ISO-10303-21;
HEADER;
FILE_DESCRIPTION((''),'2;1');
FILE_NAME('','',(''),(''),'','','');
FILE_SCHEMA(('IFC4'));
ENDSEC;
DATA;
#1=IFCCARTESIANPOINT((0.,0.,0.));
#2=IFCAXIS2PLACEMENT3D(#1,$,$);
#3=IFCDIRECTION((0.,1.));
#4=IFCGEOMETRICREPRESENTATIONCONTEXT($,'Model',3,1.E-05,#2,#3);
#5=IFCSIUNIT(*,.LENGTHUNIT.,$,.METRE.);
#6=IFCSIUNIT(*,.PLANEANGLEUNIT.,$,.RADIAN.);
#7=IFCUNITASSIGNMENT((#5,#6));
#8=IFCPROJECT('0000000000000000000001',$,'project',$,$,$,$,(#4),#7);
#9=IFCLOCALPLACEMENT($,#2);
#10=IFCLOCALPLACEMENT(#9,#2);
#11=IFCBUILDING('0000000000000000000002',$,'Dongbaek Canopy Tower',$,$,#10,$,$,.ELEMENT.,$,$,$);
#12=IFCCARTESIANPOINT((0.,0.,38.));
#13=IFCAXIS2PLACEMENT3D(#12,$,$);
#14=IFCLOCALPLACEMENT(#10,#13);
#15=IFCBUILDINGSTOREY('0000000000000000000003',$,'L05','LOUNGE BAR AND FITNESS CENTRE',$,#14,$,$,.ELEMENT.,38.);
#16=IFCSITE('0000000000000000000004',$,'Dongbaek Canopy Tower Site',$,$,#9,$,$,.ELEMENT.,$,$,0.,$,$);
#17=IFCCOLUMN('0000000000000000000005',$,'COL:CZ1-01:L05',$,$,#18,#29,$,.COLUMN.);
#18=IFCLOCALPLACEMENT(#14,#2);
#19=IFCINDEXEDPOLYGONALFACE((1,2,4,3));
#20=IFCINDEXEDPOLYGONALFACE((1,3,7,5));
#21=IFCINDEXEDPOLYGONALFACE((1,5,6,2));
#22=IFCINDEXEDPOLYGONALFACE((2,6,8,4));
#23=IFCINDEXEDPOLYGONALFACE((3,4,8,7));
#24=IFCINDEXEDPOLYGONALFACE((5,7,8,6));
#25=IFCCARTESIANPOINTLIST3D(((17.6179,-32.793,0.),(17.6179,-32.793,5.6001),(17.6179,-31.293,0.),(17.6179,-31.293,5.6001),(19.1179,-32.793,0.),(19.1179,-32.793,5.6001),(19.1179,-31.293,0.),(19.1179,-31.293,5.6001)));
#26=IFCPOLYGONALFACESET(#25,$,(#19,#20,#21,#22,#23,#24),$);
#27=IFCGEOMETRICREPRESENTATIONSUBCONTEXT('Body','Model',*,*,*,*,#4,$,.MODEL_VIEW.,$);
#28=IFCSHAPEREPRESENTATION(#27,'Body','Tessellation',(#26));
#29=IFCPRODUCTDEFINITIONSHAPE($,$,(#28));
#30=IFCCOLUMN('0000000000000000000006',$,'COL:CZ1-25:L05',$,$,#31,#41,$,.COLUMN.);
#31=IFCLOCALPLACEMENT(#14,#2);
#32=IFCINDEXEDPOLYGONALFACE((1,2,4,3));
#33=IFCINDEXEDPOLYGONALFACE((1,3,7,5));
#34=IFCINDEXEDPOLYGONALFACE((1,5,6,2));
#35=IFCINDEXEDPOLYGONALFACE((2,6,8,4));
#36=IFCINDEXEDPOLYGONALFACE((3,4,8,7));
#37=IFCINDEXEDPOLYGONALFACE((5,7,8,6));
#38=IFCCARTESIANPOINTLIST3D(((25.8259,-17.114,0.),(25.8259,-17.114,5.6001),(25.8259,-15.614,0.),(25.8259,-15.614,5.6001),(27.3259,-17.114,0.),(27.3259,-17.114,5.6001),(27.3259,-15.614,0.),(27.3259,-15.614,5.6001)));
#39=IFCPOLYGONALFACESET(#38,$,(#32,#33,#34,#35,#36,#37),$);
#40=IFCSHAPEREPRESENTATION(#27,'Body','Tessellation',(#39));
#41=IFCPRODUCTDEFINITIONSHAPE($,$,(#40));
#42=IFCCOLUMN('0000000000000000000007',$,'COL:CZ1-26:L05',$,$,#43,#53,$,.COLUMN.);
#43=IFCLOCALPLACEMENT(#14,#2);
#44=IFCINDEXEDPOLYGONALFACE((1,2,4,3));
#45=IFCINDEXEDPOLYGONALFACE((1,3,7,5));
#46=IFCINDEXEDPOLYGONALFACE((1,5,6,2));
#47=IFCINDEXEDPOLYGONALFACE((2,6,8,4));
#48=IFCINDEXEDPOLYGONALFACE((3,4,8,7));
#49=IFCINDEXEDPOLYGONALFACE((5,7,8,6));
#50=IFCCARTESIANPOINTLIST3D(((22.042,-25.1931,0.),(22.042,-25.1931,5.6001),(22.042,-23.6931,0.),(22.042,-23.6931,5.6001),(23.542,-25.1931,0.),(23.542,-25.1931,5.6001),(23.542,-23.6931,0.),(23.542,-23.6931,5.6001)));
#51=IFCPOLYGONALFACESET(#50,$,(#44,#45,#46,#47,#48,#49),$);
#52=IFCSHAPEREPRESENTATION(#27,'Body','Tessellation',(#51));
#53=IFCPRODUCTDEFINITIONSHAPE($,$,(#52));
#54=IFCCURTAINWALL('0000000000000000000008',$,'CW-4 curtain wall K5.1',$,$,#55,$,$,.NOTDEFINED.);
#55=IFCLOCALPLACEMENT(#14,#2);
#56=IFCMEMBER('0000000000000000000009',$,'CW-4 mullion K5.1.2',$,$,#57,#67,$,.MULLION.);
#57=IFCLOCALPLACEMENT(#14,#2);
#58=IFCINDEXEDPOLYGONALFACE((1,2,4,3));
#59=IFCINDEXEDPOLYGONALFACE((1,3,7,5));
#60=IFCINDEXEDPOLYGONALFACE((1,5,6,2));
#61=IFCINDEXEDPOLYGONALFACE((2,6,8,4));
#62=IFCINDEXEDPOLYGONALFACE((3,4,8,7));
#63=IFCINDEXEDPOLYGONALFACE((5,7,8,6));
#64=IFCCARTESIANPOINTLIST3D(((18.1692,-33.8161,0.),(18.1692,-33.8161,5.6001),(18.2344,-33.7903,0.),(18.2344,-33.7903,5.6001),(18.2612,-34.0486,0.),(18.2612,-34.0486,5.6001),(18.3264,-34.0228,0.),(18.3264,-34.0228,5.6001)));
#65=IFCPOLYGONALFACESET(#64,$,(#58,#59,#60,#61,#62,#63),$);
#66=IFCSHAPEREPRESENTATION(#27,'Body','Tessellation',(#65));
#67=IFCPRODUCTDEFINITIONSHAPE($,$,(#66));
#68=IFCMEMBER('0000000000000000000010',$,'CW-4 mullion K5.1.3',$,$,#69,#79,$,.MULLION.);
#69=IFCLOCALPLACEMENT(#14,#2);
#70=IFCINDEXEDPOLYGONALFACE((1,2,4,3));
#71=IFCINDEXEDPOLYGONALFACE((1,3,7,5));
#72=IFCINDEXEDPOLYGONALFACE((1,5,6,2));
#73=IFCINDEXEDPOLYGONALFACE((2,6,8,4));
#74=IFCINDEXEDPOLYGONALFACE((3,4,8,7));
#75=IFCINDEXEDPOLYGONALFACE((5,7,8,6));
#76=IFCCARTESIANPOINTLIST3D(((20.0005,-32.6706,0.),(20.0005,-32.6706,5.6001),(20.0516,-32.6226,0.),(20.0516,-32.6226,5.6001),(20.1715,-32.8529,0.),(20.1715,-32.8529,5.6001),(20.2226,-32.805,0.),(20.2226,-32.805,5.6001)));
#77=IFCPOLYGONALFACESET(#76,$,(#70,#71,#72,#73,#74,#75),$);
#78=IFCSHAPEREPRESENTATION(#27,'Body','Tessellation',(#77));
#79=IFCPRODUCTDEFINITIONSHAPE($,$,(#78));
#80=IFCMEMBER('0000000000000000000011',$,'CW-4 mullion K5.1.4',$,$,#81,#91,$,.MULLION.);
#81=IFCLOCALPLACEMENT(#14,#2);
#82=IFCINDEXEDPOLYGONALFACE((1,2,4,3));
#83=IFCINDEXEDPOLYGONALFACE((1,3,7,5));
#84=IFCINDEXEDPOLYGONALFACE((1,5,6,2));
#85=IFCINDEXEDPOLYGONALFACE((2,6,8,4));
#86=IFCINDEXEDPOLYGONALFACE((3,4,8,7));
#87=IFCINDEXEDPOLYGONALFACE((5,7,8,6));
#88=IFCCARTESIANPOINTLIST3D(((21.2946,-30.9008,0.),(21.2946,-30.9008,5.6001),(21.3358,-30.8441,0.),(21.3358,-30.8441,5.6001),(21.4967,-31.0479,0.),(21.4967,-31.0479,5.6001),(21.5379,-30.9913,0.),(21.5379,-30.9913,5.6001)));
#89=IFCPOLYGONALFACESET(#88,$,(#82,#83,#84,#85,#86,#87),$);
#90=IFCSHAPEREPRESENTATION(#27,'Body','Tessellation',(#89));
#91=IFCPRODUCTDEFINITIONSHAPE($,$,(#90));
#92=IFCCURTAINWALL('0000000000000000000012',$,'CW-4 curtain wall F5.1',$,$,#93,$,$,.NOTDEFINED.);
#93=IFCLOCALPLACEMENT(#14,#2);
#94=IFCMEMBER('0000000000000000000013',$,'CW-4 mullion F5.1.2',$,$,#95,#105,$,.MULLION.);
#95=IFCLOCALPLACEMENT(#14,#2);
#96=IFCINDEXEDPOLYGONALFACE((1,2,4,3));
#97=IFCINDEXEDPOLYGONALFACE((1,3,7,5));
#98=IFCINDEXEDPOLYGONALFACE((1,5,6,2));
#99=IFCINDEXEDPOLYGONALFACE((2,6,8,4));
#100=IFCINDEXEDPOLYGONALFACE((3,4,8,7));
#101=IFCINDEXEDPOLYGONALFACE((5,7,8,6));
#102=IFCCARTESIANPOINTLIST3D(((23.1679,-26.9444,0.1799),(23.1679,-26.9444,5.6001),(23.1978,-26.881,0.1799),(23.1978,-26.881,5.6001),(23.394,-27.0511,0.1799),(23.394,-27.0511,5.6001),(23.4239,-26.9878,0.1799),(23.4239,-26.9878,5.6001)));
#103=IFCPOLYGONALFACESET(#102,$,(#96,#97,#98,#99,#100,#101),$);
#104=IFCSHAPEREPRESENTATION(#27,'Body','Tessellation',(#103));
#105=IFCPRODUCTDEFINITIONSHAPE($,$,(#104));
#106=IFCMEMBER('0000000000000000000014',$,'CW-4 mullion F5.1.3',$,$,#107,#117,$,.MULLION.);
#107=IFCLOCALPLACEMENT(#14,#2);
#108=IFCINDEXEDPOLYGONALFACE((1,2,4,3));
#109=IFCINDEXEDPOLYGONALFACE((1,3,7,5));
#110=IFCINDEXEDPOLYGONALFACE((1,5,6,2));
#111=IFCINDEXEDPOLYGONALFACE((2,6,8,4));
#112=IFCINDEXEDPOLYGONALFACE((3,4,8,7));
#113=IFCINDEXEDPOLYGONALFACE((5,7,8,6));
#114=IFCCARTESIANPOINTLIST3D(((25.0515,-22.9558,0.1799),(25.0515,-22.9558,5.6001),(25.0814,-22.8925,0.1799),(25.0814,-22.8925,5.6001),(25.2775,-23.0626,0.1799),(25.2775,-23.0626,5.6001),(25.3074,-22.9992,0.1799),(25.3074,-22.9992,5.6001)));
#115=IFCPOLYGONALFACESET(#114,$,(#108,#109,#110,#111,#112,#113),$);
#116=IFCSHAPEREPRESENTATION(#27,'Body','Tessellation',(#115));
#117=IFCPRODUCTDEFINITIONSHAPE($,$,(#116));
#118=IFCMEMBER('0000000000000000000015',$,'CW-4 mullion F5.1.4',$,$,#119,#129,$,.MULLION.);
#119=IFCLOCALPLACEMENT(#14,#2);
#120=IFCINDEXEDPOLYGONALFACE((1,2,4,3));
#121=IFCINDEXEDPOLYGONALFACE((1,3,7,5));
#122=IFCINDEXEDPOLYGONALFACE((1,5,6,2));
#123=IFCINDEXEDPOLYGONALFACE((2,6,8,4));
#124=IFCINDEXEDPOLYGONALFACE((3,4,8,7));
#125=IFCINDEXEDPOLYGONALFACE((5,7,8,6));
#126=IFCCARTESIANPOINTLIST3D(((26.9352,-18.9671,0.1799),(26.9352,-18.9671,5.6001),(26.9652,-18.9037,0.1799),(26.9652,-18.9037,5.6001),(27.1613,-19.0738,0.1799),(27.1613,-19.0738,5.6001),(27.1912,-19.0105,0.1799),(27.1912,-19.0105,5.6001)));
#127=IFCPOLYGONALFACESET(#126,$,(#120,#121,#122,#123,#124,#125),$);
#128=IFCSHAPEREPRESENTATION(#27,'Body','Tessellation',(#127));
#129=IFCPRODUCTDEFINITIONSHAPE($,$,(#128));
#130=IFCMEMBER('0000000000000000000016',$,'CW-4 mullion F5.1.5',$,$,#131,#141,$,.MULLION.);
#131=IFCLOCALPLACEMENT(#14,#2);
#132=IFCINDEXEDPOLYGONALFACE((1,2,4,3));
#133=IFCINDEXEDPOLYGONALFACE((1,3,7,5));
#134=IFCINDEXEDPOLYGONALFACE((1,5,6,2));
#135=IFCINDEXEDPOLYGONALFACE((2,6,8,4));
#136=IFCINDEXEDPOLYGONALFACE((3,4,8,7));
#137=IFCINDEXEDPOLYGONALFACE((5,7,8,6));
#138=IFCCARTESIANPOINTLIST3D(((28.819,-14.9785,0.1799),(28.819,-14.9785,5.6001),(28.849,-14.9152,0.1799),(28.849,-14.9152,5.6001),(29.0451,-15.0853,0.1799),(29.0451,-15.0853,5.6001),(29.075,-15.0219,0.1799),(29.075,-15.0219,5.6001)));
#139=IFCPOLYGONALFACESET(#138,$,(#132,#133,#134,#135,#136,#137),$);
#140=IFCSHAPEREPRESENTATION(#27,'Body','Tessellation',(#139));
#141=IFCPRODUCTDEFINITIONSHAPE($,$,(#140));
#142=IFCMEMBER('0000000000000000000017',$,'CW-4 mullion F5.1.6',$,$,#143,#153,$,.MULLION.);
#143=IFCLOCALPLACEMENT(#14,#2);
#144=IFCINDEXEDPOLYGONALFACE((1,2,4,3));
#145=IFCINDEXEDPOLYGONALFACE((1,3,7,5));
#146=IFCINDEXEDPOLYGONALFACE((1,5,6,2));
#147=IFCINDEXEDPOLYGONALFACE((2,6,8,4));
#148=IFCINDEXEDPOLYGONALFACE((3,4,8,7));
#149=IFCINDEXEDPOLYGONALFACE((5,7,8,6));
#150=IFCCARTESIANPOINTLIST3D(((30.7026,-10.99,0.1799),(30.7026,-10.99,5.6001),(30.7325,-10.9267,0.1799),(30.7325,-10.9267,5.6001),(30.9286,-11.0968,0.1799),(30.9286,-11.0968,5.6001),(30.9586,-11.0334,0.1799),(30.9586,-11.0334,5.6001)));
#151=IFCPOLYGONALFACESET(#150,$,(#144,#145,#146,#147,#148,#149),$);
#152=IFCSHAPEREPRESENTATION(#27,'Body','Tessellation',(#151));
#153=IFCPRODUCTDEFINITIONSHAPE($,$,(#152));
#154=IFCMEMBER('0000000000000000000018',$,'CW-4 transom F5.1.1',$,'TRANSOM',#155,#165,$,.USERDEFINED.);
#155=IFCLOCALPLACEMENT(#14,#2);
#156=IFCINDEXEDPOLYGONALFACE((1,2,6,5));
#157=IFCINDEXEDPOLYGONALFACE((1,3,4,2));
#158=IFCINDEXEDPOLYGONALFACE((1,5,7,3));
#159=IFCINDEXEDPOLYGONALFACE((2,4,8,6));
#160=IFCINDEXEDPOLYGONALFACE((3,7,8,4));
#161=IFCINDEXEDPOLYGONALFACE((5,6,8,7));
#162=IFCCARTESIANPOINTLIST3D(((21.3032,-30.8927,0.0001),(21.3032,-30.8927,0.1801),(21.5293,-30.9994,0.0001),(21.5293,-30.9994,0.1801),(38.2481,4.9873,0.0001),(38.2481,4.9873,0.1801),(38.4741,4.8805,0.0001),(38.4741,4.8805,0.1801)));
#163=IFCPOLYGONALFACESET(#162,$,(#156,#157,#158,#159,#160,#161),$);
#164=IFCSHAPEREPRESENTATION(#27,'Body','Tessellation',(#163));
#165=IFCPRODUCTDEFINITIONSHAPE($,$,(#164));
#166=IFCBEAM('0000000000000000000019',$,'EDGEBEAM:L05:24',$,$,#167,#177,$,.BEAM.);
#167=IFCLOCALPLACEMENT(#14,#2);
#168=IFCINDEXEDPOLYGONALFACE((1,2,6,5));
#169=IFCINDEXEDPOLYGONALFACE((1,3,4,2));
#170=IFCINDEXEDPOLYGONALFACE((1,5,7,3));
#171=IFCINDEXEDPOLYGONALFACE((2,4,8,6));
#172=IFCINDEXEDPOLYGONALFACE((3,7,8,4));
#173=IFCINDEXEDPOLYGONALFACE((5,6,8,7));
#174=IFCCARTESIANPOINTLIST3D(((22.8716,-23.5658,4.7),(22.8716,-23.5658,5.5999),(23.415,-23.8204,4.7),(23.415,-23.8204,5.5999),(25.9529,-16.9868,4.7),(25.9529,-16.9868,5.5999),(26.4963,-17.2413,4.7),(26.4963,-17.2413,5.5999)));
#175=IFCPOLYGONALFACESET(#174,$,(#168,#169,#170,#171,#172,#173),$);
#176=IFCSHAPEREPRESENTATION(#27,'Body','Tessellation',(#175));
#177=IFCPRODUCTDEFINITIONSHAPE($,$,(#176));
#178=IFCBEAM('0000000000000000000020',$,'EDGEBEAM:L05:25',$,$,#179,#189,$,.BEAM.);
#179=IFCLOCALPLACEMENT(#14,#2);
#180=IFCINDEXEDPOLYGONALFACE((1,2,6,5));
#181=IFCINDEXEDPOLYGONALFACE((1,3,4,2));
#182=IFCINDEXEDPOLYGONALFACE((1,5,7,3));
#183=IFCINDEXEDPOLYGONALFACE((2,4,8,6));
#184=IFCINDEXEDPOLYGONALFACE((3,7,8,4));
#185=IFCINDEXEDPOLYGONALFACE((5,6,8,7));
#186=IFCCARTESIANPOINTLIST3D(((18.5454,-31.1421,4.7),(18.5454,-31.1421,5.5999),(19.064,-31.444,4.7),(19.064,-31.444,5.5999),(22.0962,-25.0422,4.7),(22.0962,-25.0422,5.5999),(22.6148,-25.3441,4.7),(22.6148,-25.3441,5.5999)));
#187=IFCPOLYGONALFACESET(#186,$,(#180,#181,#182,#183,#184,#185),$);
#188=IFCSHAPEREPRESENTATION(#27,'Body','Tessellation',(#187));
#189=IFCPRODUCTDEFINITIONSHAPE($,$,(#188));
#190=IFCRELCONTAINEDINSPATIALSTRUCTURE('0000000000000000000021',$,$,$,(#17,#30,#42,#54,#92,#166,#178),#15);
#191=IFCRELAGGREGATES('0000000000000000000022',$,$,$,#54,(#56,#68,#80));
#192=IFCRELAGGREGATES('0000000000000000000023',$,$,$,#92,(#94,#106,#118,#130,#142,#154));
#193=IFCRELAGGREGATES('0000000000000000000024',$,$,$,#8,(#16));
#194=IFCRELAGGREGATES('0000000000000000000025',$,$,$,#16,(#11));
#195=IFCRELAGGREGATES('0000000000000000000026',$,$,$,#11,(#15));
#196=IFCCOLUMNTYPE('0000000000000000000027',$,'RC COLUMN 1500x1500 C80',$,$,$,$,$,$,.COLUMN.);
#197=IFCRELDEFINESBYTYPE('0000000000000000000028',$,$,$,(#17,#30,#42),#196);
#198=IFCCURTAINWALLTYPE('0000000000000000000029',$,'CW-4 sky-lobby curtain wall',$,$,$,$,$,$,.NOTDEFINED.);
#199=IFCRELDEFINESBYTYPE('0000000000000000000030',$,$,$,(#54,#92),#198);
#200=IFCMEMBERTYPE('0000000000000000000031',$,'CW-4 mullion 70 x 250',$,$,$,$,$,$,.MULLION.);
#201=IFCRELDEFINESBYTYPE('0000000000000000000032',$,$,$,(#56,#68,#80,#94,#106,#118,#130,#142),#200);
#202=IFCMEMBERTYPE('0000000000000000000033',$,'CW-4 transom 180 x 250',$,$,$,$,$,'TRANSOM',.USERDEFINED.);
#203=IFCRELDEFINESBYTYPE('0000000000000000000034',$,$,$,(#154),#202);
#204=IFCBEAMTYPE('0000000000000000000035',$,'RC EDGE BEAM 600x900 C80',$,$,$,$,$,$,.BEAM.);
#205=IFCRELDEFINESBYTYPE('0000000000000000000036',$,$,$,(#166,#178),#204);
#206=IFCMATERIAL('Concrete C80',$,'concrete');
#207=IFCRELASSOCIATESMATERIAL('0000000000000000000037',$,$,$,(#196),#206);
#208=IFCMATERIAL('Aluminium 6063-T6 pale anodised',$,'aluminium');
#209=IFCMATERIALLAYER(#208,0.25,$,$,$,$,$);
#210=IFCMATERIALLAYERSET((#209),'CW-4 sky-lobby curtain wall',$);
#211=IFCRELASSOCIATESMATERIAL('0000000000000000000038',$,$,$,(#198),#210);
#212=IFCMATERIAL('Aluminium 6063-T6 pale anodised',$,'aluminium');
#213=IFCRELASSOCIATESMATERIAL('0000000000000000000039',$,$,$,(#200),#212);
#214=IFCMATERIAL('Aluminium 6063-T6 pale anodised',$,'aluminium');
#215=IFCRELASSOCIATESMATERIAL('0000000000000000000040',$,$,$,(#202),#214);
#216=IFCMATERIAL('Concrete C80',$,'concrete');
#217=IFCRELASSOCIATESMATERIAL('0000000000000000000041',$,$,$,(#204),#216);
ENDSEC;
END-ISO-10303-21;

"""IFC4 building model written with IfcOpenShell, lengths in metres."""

from ifc_helpers import new_model, si_unit, direction, frame, origin, origin_2d, place, context, subcontext, project, spatial, rectangle, extrude, material, layer, layer_set, material_profile, profile_set, type_object, element, aggregate, save


model = new_model("IFC4")

# Units and contexts
model_context = context("Model", 3, precision=1e-05, world=origin(), true_north=direction((0.0, 1.0)))
body_context = subcontext(model_context, "Body", "Model", "MODEL_VIEW")
ifc_project = project(units=[si_unit("LENGTHUNIT", "METRE"), si_unit("PLANEANGLEUNIT", "RADIAN")], contexts=[model_context])

# Site, building, storey
site_placement = place(None, origin())
site = spatial("IfcSite", under=ifc_project, at=site_placement, Name="Dongbaek Canopy Tower Site", CompositionType="ELEMENT", RefElevation=0.0)
building_placement = place(site_placement, origin())
building = spatial("IfcBuilding", under=site, at=building_placement, Name="Dongbaek Canopy Tower", CompositionType="ELEMENT")
storey_placement = place(building_placement, frame((0.0, 0.0, 38.0)))
storey = spatial("IfcBuildingStorey", under=building, at=storey_placement, Name="L05", Description="LOUNGE BAR AND FITNESS CENTRE", CompositionType="ELEMENT", Elevation=38.0)

# Columns
ifc_material_1 = material(Name="Concrete C80", Category="concrete")
ifc_material_profile_1 = material_profile(ifc_material_1, rectangle(XDim=1.5, YDim=1.5, at=origin_2d()), Name="RC COLUMN 1500x1500 C80")
ifc_profile_set_1 = profile_set([ifc_material_profile_1], Name="Concrete C80")
column_type = type_object("IfcColumnType", Name="RC COLUMN 1500x1500 C80", PredefinedType="COLUMN", material=ifc_profile_set_1)
for number, where, z_axis, x_axis, name in (
    (1, (18.3679, -32.043, 0.0), (0.0, 0.0, 1.0), (1.0, 0.0, 0.0), "COL:CZ1-01:L05"),
    (2, (26.5759, -16.364, 0.0), (0.0, 0.0, 1.0), (1.0, 0.0, 0.0), "COL:CZ1-25:L05"),
    (3, (22.792, -24.4431, 0.0), (0.0, 0.0, 1.0), (1.0, 0.0, 0.0), "COL:CZ1-26:L05"),
):
    element("IfcColumn", number, at=place(storey_placement, frame(where, z_axis=z_axis, x_axis=x_axis)), inside=storey, type_object=column_type, Name=name, PredefinedType="COLUMN", context=body_context, shape_type="SweptSolid", body=[
        extrude(rectangle(XDim=1.5, YDim=1.5, at=origin_2d()), origin(), (0.0, 0.0, 1.0), 5.6001),
    ])

# Curtain walls, members
ifc_material_2 = material(Name="Aluminium 6063-T6 pale anodised", Category="aluminium")
ifc_layer_1 = layer(ifc_material_2, 0.25)
ifc_layer_set_1 = layer_set([ifc_layer_1], Name="CW-4 sky-lobby curtain wall")
curtain_wall_type = type_object("IfcCurtainWallType", Name="CW-4 sky-lobby curtain wall", PredefinedType="NOTDEFINED", material=ifc_layer_set_1)
curtain_wall_1_placement = place(storey_placement, origin())
curtain_wall_1 = element("IfcCurtainWall", 4, at=curtain_wall_1_placement, inside=storey, type_object=curtain_wall_type, Name="CW-4 curtain wall K5.1", PredefinedType="NOTDEFINED")
ifc_material_3 = material(Name="Aluminium 6063-T6 pale anodised", Category="aluminium")
ifc_material_profile_2 = material_profile(ifc_material_3, rectangle(XDim=0.25, YDim=0.0701, at=origin_2d()), Name="CW-4 mullion 70 x 250")
ifc_profile_set_2 = profile_set([ifc_material_profile_2], Name="Aluminium 6063-T6 pale anodised")
member_type_1 = type_object("IfcMemberType", Name="CW-4 mullion 70 x 250", PredefinedType="MULLION", material=ifc_profile_set_2)
member_1_placement = place(storey_placement, frame((18.2478, -33.9194, 0.0), z_axis=(0.0, 0.0, 1.0), x_axis=(0.368018, -0.929819, 0.0)))
member_1 = element("IfcMember", 5, at=member_1_placement, type_object=member_type_1, Name="CW-4 mullion K5.1.2", PredefinedType="MULLION", context=body_context, shape_type="SweptSolid", body=[
    extrude(rectangle(XDim=0.25, YDim=0.0701, at=origin_2d()), origin(), (0.0, 0.0, 1.0), 5.6001),
])
member_2_placement = place(storey_placement, frame((20.1116, -32.7378, 0.0), z_axis=(0.0, 0.0, 1.0), x_axis=(0.683997, -0.729484, 0.0)))
member_2 = element("IfcMember", 6, at=member_2_placement, type_object=member_type_1, Name="CW-4 mullion K5.1.3", PredefinedType="MULLION", context=body_context, shape_type="SweptSolid", body=[
    extrude(rectangle(XDim=0.25, YDim=0.0701, at=origin_2d()), origin(), (0.0, 0.0, 1.0), 5.6001),
])
member_3_placement = place(storey_placement, frame((21.4163, -30.946, 0.0), z_axis=(0.0, 0.0, 1.0), x_axis=(0.808386, -0.588653, 0.0)))
member_3 = element("IfcMember", 7, at=member_3_placement, type_object=member_type_1, Name="CW-4 mullion K5.1.4", PredefinedType="MULLION", context=body_context, shape_type="SweptSolid", body=[
    extrude(rectangle(XDim=0.25, YDim=0.0701, at=origin_2d()), origin(), (0.0, 0.0, 1.0), 5.6001),
])
curtain_wall_2_placement = place(storey_placement, origin())
curtain_wall_2 = element("IfcCurtainWall", 8, at=curtain_wall_2_placement, inside=storey, type_object=curtain_wall_type, Name="CW-4 curtain wall F5.1", PredefinedType="NOTDEFINED")
member_4_placement = place(storey_placement, frame((23.2959, -26.9661, 0.1799), z_axis=(0.0, 0.0, 1.0), x_axis=(0.904233, -0.427039, 0.0)))
member_4 = element("IfcMember", 9, at=member_4_placement, type_object=member_type_1, Name="CW-4 mullion F5.1.2", PredefinedType="MULLION", context=body_context, shape_type="SweptSolid", body=[
    extrude(rectangle(XDim=0.25, YDim=0.0701, at=origin_2d()), origin(), (0.0, 0.0, 1.0), 5.4202),
])
member_5_placement = place(storey_placement, frame((25.1794, -22.9775, 0.1799), z_axis=(0.0, 0.0, 1.0), x_axis=(0.904233, -0.427039, 0.0)))
member_5 = element("IfcMember", 10, at=member_5_placement, type_object=member_type_1, Name="CW-4 mullion F5.1.3", PredefinedType="MULLION", context=body_context, shape_type="SweptSolid", body=[
    extrude(rectangle(XDim=0.25, YDim=0.0701, at=origin_2d()), origin(), (0.0, 0.0, 1.0), 5.4202),
])
member_6_placement = place(storey_placement, frame((27.0632, -18.9888, 0.1799), z_axis=(0.0, 0.0, 1.0), x_axis=(0.904233, -0.427039, 0.0)))
member_6 = element("IfcMember", 11, at=member_6_placement, type_object=member_type_1, Name="CW-4 mullion F5.1.4", PredefinedType="MULLION", context=body_context, shape_type="SweptSolid", body=[
    extrude(rectangle(XDim=0.25, YDim=0.0701, at=origin_2d()), origin(), (0.0, 0.0, 1.0), 5.4202),
])
member_7_placement = place(storey_placement, frame((28.947, -15.0002, 0.1799), z_axis=(0.0, 0.0, 1.0), x_axis=(0.904233, -0.427039, 0.0)))
member_7 = element("IfcMember", 12, at=member_7_placement, type_object=member_type_1, Name="CW-4 mullion F5.1.5", PredefinedType="MULLION", context=body_context, shape_type="SweptSolid", body=[
    extrude(rectangle(XDim=0.25, YDim=0.0701, at=origin_2d()), origin(), (0.0, 0.0, 1.0), 5.4202),
])
member_8_placement = place(storey_placement, frame((30.8306, -11.0117, 0.1799), z_axis=(0.0, 0.0, 1.0), x_axis=(0.904233, -0.427039, 0.0)))
member_8 = element("IfcMember", 13, at=member_8_placement, type_object=member_type_1, Name="CW-4 mullion F5.1.6", PredefinedType="MULLION", context=body_context, shape_type="SweptSolid", body=[
    extrude(rectangle(XDim=0.25, YDim=0.0701, at=origin_2d()), origin(), (0.0, 0.0, 1.0), 5.4202),
])
ifc_material_4 = material(Name="Aluminium 6063-T6 pale anodised", Category="aluminium")
ifc_material_profile_3 = material_profile(ifc_material_4, rectangle(XDim=0.25, YDim=0.1799, at=origin_2d()), Name="CW-4 transom 180 x 250")
ifc_profile_set_3 = profile_set([ifc_material_profile_3], Name="Aluminium 6063-T6 pale anodised")
member_type_2 = type_object("IfcMemberType", Name="CW-4 transom 180 x 250", ElementType="TRANSOM", PredefinedType="USERDEFINED", material=ifc_profile_set_3)
member_9_placement = place(storey_placement, frame((21.4163, -30.946, 0.0901), z_axis=(0.427038, 0.904234, 0.0), x_axis=(-0.904234, 0.427038, 0.0)))
member_9 = element("IfcMember", 14, at=member_9_placement, type_object=member_type_2, Name="CW-4 transom F5.1.1", ObjectType="TRANSOM", PredefinedType="USERDEFINED", context=body_context, shape_type="SweptSolid", body=[
    extrude(rectangle(XDim=0.25, YDim=0.1799, at=origin_2d()), origin(), (0.0, 0.0, 1.0), 39.6799),
])

# Beams
ifc_material_5 = material(Name="Concrete C80", Category="concrete")
ifc_material_profile_4 = material_profile(ifc_material_5, rectangle(XDim=0.6001, YDim=0.8999, at=origin_2d()), Name="RC EDGE BEAM 600x900 C80")
ifc_profile_set_4 = profile_set([ifc_material_profile_4], Name="Concrete C80")
beam_type = type_object("IfcBeamType", Name="RC EDGE BEAM 600x900 C80", PredefinedType="BEAM", material=ifc_profile_set_4)
beam_1_placement = place(storey_placement, frame((26.2246, -17.114, 5.1499), z_axis=(-0.424134, -0.905599, 0.0), x_axis=(0.905599, -0.424134, 0.0)))
element("IfcBeam", 15, at=beam_1_placement, inside=storey, type_object=beam_type, Name="EDGEBEAM:L05:24", PredefinedType="BEAM", context=body_context, shape_type="SweptSolid", body=[
    extrude(rectangle(XDim=0.6001, YDim=0.8999, at=origin_2d()), origin(), (0.0, 0.0, 1.0), 7.2649),
])
beam_2_placement = place(storey_placement, frame((22.3555, -25.1931, 5.1499), z_axis=(-0.503082, -0.864239, 0.0), x_axis=(0.864239, -0.503082, 0.0)))
element("IfcBeam", 16, at=beam_2_placement, inside=storey, type_object=beam_type, Name="EDGEBEAM:L05:25", PredefinedType="BEAM", context=body_context, shape_type="SweptSolid", body=[
    extrude(rectangle(XDim=0.6001, YDim=0.8999, at=origin_2d()), origin(), (0.0, 0.0, 1.0), 7.0581),
])

aggregate(curtain_wall_1, [member_1, member_2, member_3])

aggregate(curtain_wall_2, [member_4, member_5, member_6, member_7, member_8, member_9])

save(model, "model.ifc")
